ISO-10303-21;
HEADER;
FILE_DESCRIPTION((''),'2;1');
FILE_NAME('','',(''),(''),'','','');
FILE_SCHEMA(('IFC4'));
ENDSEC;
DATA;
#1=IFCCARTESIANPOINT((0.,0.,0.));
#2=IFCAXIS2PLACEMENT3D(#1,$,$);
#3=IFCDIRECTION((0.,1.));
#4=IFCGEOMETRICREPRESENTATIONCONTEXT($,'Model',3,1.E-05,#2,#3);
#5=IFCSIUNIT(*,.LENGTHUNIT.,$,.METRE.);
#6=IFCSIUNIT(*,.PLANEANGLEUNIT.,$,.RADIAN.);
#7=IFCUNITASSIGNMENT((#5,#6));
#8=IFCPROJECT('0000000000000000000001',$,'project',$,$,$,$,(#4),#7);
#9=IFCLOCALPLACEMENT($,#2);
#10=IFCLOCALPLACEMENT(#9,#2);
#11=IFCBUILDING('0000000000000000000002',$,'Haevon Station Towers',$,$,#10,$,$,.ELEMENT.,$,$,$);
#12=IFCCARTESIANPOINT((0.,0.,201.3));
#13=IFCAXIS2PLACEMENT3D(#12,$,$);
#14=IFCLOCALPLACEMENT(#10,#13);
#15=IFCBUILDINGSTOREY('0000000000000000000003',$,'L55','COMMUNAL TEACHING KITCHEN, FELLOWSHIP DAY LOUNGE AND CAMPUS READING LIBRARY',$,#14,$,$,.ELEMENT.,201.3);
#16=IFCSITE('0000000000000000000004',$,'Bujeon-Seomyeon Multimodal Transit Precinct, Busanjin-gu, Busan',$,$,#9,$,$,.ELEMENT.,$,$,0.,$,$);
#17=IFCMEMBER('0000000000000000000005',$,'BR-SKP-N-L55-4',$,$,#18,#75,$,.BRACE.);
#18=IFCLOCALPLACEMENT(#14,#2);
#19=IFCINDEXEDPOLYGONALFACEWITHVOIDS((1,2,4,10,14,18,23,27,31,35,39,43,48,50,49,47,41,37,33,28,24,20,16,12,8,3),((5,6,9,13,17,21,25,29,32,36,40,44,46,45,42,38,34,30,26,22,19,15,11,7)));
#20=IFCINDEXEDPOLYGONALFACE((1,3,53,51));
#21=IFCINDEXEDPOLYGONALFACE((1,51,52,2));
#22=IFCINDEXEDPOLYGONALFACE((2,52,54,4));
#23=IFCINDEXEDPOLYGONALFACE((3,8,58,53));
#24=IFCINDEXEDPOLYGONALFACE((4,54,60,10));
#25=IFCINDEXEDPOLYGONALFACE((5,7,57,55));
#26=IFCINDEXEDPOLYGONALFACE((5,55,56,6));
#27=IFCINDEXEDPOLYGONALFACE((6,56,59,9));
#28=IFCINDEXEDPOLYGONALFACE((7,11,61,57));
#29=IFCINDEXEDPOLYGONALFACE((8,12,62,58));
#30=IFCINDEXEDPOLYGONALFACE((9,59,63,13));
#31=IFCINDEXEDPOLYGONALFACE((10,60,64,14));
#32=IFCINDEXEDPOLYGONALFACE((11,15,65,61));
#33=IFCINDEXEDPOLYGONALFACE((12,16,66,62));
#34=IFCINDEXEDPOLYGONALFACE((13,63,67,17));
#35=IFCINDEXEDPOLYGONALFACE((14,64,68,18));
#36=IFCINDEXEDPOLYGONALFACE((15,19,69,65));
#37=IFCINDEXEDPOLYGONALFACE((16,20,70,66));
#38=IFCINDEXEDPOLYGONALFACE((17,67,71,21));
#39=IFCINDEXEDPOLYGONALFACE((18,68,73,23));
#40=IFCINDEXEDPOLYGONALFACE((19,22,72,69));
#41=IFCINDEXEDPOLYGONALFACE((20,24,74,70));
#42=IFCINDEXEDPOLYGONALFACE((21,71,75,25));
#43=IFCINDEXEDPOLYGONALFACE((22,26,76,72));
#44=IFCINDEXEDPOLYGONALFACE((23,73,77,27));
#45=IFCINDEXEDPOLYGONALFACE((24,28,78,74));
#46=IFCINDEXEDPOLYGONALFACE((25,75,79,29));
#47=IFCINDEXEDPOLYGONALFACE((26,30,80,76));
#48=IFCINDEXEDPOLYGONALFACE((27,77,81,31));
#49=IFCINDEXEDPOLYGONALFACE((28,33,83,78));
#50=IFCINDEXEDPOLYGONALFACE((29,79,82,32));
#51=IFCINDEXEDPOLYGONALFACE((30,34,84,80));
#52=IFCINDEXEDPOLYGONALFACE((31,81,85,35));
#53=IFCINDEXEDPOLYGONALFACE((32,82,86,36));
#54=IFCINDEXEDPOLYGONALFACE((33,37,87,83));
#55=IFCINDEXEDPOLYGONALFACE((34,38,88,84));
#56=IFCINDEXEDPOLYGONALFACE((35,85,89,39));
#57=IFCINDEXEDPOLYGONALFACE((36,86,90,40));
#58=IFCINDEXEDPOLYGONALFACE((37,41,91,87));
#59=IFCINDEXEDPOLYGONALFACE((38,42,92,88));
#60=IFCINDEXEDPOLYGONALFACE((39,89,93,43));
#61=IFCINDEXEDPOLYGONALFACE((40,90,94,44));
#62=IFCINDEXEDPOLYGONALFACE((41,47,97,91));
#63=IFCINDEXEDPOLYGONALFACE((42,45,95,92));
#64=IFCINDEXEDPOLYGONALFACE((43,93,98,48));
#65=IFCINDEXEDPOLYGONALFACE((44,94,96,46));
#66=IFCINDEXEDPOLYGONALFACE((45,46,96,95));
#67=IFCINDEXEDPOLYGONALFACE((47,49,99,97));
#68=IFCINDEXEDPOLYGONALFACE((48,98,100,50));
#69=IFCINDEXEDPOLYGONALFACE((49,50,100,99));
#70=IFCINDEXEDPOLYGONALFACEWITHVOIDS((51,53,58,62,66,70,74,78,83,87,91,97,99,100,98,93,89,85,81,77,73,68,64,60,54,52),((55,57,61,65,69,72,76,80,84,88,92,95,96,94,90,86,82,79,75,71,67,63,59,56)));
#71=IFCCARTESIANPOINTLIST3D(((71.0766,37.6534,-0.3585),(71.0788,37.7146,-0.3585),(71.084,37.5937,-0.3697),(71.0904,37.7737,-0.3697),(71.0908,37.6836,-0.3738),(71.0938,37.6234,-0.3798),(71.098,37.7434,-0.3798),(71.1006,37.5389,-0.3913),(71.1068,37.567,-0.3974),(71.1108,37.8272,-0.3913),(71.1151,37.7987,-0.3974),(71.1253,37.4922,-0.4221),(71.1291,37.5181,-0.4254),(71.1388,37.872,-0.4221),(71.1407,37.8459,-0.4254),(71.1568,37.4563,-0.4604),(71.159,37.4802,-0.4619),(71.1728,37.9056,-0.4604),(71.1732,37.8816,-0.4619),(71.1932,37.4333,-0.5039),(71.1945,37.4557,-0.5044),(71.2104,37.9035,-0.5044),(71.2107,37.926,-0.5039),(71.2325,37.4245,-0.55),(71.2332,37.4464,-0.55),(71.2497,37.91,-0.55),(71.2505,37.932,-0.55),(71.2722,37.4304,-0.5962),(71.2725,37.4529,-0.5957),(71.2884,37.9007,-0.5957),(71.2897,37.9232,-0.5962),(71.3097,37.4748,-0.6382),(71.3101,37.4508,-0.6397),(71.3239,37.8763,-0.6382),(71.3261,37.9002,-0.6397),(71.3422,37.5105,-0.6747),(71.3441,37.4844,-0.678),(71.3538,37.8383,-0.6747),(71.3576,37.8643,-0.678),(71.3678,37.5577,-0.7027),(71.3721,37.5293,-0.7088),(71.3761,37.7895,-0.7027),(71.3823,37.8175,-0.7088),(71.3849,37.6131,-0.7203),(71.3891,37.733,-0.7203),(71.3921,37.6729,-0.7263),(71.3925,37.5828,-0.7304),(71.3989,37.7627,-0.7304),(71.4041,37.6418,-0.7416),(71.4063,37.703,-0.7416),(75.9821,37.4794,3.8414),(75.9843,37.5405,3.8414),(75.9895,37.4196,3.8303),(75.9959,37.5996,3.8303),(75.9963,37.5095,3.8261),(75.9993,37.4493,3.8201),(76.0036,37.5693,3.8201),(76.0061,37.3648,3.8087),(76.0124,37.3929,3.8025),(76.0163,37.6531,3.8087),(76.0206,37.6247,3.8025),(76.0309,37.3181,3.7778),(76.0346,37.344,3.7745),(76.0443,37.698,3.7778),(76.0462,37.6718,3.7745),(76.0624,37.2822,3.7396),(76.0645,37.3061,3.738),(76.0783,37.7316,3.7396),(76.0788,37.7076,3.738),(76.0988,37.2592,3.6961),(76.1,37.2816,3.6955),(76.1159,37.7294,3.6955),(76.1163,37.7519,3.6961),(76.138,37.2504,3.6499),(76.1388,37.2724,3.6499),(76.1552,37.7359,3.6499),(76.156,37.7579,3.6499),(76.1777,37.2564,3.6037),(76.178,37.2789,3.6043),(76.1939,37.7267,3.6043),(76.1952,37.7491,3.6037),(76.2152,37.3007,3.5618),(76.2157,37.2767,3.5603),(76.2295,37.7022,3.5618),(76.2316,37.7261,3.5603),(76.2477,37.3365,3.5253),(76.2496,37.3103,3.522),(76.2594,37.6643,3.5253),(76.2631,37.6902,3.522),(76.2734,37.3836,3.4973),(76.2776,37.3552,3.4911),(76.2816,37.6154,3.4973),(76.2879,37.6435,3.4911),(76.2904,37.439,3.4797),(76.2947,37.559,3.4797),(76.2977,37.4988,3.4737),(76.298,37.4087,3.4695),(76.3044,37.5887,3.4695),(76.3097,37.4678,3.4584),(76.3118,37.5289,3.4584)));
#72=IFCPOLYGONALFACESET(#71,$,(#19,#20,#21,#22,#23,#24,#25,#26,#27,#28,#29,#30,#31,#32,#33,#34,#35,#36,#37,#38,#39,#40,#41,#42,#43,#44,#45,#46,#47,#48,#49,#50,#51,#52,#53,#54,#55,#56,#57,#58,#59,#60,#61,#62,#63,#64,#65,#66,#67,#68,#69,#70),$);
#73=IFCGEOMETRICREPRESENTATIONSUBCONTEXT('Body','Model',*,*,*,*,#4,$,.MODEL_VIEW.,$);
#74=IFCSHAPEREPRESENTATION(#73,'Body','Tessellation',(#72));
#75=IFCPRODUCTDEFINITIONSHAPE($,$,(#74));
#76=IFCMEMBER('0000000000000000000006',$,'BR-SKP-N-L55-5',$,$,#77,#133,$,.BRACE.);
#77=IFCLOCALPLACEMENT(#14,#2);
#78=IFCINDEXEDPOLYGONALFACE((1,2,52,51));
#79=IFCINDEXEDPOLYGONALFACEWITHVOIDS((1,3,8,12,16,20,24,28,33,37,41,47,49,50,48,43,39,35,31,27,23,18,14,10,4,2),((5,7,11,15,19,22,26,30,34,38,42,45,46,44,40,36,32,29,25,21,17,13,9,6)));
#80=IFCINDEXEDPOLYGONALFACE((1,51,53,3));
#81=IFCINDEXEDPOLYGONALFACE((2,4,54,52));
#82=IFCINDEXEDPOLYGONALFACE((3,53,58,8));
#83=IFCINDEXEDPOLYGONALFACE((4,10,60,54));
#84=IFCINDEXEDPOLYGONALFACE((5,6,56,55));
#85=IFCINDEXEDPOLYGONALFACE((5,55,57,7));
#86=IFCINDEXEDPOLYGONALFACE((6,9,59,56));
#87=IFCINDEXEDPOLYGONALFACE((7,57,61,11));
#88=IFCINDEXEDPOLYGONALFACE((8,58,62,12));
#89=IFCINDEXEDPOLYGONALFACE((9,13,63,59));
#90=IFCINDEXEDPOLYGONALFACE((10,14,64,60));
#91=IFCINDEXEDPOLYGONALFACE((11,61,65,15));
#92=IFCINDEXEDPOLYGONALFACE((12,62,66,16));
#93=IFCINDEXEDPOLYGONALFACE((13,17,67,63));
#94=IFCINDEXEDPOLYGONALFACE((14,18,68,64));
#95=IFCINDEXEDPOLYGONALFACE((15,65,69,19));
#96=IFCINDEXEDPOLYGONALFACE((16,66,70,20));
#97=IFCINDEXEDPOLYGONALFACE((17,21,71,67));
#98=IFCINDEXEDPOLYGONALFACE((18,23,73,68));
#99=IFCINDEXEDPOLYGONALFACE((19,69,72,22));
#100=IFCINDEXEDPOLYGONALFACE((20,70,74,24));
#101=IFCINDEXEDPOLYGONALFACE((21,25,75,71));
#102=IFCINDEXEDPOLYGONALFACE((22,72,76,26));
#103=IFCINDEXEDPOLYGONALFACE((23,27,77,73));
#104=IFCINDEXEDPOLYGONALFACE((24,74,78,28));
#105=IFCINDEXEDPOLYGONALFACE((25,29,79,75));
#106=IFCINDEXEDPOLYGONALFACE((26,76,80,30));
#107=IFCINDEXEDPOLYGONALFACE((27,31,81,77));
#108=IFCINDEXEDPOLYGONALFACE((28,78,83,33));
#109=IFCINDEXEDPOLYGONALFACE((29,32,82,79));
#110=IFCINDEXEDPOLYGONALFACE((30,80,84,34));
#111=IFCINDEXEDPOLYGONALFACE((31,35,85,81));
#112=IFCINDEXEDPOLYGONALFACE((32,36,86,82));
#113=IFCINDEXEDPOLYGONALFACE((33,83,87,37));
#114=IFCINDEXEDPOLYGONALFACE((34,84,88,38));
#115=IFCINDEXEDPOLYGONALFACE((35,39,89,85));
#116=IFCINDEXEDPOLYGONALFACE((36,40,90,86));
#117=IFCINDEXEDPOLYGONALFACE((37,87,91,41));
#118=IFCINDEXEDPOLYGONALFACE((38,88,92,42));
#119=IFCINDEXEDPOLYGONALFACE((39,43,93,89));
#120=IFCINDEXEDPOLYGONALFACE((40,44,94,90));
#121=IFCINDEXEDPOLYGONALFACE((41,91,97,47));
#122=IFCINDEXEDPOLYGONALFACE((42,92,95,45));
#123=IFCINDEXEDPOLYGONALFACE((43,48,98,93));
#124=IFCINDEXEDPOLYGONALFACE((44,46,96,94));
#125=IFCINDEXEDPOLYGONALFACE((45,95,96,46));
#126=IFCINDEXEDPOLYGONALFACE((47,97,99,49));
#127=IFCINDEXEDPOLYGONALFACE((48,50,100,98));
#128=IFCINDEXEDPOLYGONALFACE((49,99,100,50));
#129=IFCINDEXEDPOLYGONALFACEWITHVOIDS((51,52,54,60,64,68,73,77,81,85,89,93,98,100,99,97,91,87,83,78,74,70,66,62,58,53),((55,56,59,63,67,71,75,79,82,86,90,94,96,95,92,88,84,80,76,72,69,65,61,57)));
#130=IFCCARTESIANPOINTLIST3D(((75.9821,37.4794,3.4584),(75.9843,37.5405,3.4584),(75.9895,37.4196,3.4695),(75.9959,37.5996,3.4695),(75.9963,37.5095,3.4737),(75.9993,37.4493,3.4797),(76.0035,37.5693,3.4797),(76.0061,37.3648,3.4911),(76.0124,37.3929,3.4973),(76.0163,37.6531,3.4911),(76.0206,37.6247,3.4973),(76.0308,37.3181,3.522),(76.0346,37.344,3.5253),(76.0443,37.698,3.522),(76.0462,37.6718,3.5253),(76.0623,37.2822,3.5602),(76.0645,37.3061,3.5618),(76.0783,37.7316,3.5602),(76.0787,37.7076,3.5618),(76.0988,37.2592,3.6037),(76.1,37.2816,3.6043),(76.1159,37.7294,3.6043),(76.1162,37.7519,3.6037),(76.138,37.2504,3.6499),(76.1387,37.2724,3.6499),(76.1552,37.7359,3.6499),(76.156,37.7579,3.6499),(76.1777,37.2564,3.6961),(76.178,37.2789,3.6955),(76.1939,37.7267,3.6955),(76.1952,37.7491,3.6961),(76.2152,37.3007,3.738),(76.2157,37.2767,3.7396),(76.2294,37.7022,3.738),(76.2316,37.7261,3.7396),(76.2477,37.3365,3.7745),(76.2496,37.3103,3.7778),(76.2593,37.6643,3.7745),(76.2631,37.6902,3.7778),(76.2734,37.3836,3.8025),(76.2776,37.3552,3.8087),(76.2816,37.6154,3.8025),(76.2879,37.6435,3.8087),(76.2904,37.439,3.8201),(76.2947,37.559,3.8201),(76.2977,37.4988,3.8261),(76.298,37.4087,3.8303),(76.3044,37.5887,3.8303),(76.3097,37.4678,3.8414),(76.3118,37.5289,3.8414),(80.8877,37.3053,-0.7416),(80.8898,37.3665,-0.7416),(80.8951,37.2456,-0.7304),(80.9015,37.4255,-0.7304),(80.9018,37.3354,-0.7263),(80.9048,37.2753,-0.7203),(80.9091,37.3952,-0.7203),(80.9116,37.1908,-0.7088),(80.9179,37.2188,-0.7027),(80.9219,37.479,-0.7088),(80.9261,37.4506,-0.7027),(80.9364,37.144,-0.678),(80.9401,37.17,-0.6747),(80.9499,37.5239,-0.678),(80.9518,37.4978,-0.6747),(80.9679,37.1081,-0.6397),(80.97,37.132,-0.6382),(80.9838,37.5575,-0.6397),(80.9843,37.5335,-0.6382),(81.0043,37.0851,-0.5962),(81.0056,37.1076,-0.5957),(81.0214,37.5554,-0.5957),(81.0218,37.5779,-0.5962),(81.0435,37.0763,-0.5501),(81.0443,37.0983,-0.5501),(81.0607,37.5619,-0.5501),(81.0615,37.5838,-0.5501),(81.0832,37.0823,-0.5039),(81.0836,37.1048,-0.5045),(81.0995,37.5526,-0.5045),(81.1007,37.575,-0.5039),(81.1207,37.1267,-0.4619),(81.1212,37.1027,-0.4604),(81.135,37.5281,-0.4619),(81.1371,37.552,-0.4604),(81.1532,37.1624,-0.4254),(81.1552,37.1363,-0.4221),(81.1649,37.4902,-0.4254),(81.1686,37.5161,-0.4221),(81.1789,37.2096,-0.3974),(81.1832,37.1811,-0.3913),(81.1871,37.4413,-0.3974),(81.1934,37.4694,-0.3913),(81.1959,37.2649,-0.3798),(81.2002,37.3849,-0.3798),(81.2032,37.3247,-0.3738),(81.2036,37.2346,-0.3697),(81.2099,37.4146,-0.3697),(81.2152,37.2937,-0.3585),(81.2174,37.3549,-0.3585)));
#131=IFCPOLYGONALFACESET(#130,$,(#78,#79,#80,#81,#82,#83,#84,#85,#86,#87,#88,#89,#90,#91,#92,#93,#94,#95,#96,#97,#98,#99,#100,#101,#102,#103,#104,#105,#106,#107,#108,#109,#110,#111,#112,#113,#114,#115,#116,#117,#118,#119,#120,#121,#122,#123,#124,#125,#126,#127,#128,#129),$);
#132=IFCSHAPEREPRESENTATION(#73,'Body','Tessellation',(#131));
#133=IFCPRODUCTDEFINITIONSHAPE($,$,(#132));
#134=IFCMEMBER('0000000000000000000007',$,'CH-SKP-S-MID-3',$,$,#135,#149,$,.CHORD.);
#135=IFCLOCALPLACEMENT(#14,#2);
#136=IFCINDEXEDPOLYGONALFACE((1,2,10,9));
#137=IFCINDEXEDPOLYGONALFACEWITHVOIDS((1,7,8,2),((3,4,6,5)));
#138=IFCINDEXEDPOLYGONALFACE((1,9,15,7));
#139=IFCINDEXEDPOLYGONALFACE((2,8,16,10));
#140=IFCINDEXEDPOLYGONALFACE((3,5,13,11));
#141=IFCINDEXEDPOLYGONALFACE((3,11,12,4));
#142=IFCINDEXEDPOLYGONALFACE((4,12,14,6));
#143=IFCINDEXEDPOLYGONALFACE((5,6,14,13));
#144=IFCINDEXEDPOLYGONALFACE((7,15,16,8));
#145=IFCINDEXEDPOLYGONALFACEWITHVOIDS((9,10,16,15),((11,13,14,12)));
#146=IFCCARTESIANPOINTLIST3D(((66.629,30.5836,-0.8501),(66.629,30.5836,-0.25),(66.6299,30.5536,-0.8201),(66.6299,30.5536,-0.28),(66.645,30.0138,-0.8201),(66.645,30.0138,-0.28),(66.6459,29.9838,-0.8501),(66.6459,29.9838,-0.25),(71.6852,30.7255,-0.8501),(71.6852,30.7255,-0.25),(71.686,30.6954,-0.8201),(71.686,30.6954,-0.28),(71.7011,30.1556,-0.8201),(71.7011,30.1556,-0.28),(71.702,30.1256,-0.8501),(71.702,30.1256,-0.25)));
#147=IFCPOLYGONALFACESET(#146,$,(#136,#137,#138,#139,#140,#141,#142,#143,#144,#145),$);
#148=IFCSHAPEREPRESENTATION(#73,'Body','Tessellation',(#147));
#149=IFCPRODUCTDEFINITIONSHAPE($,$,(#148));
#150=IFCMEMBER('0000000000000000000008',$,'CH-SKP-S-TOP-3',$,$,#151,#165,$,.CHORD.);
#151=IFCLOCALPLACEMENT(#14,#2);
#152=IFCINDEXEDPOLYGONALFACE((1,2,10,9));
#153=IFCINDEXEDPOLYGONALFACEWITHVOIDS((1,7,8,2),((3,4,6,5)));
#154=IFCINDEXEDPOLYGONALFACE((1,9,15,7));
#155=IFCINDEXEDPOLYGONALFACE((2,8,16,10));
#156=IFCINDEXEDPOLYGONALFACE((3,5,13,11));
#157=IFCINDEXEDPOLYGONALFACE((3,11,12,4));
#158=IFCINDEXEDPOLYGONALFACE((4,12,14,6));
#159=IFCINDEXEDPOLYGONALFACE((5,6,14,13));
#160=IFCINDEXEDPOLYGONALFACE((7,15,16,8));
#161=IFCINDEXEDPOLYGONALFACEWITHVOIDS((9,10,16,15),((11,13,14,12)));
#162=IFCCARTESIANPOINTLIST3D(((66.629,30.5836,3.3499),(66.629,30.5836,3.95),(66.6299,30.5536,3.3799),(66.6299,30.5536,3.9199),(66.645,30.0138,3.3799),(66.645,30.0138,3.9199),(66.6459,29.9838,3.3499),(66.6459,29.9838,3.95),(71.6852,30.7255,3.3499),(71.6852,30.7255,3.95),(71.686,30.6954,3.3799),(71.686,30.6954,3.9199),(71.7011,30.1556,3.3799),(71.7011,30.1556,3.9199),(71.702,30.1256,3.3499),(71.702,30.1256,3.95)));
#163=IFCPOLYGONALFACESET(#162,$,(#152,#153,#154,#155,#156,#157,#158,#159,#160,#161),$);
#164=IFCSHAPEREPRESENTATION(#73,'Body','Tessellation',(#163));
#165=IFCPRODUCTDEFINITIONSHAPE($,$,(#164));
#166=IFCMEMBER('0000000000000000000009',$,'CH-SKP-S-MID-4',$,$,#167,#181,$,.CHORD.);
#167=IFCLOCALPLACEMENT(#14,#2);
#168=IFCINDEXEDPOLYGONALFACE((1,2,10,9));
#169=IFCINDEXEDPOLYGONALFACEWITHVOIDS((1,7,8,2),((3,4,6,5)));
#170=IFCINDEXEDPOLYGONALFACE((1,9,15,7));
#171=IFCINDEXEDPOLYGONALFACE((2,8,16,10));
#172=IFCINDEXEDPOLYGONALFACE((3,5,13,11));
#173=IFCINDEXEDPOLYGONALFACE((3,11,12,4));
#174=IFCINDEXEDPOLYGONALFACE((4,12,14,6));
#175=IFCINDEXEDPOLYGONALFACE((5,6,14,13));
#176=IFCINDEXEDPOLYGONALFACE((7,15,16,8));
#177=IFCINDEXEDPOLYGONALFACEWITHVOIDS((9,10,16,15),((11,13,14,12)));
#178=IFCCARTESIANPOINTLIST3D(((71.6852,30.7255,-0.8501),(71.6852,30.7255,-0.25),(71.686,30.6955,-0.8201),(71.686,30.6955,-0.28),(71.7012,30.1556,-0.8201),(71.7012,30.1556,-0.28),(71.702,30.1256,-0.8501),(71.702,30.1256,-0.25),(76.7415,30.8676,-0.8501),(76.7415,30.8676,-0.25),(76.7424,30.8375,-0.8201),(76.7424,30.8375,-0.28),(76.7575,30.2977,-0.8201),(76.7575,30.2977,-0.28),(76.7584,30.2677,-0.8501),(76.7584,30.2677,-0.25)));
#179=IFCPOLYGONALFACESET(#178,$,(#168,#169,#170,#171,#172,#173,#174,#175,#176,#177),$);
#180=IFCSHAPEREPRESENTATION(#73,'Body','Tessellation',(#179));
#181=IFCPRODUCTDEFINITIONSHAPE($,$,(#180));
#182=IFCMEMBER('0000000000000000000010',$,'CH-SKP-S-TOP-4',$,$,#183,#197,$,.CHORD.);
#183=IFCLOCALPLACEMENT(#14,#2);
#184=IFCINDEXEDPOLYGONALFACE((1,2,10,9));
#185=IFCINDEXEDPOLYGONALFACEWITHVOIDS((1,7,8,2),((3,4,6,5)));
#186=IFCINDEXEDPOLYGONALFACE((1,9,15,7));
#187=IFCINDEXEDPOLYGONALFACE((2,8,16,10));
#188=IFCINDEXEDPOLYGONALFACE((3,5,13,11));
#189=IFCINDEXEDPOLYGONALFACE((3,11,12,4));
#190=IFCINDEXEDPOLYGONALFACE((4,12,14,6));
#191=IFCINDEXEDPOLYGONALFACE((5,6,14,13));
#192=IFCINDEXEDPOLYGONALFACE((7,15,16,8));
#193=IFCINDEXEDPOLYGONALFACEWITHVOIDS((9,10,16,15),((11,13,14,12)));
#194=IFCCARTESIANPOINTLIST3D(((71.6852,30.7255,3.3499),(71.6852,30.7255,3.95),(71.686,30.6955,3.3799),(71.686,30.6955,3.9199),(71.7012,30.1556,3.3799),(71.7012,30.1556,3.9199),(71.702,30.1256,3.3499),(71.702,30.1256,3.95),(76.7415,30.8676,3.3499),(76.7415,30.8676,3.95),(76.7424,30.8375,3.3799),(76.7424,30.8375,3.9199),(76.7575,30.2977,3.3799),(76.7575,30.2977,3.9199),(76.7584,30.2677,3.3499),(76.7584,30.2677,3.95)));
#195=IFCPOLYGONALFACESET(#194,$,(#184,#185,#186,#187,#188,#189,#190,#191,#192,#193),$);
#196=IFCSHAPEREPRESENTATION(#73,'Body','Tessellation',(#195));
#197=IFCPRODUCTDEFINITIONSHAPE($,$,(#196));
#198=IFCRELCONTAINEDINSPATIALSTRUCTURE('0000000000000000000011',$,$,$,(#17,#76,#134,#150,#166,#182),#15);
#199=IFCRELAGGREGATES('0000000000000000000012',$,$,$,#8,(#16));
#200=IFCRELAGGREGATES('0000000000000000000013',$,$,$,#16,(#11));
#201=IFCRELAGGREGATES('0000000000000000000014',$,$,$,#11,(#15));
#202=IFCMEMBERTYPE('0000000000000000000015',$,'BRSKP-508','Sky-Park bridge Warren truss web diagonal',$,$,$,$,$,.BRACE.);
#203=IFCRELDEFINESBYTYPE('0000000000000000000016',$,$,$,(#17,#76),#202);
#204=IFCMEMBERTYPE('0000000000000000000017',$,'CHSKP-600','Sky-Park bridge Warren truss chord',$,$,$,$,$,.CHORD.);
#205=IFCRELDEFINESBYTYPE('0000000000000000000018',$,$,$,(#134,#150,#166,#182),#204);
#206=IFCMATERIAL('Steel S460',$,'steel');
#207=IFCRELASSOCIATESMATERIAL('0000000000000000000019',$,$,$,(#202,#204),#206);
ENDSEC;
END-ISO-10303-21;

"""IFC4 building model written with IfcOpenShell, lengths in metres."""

from ifc_helpers import new_model, si_unit, direction, frame, origin, origin_2d, place, context, subcontext, project, spatial, hollow_rectangle, hollow_circle, extrude, material, material_profile, profile_set, type_object, element, save


model = new_model("IFC4")

# Units and contexts
model_context = context("Model", 3, precision=1e-05, world=origin(), true_north=direction((0.0, 1.0)))
body_context = subcontext(model_context, "Body", "Model", "MODEL_VIEW")
ifc_project = project(units=[si_unit("LENGTHUNIT", "METRE"), si_unit("PLANEANGLEUNIT", "RADIAN")], contexts=[model_context])

# Site, building, storey
site_placement = place(None, origin())
site = spatial("IfcSite", under=ifc_project, at=site_placement, Name="Bujeon-Seomyeon Multimodal Transit Precinct, Busanjin-gu, Busan", CompositionType="ELEMENT", RefElevation=0.0)
building_placement = place(site_placement, origin())
building = spatial("IfcBuilding", under=site, at=building_placement, Name="Haevon Station Towers", CompositionType="ELEMENT")
storey_placement = place(building_placement, frame((0.0, 0.0, 201.3)))
storey = spatial("IfcBuildingStorey", under=building, at=storey_placement, Name="L55", Description="COMMUNAL TEACHING KITCHEN, FELLOWSHIP DAY LOUNGE AND CAMPUS READING LIBRARY", CompositionType="ELEMENT", Elevation=201.3)

# Members
ifc_material_1 = material(Name="Steel S460", Category="steel")
ifc_material_profile_1 = material_profile(ifc_material_1, hollow_circle(Radius=0.2539, WallThickness=0.022, at=origin_2d()), Name="CHS-508x22")
ifc_profile_set_1 = profile_set([ifc_material_profile_1], Name="Steel S460")
member_type_1 = type_object("IfcMemberType", Name="BRSKP-508", Description="Sky-Park bridge Warren truss web diagonal", PredefinedType="BRACE", material=ifc_profile_set_1)
for number, where, z_axis, x_axis, name in (
    (1, (71.2415, 37.6782, -0.55), (0.759346, -0.026945, 0.650129), (0.035463, 0.999371, 0.0), "BR-SKP-N-L55-4"),
    (2, (76.147, 37.5042, 3.6499), (0.759346, -0.026945, -0.650129), (0.035463, 0.999371, 0.0), "BR-SKP-N-L55-5"),
):
    element("IfcMember", number, at=place(storey_placement, frame(where, z_axis=z_axis, x_axis=x_axis)), inside=storey, type_object=member_type_1, Name=name, PredefinedType="BRACE", context=body_context, shape_type="SweptSolid", body=[
        extrude(hollow_circle(Radius=0.2539, WallThickness=0.022, at=origin_2d()), origin(), (0.0, 0.0, 1.0), 6.4602),
    ])
ifc_material_profile_2 = material_profile(ifc_material_1, hollow_rectangle(XDim=0.6001, YDim=0.6001, WallThickness=0.03, at=origin_2d()), Name="RHS-600x600x30")
ifc_profile_set_2 = profile_set([ifc_material_profile_2], Name="Steel S460")
member_type_2 = type_object("IfcMemberType", Name="CHSKP-600", Description="Sky-Park bridge Warren truss chord", PredefinedType="CHORD", material=ifc_profile_set_2)
for number, where, z_axis, x_axis, name in (
    (3, (66.6375, 30.2837, -0.55), (0.999607, 0.028043, 0.0), (-0.028043, 0.999607, 0.0), "CH-SKP-S-MID-3"),
    (4, (66.6375, 30.2837, 3.6499), (0.999607, 0.028043, 0.0), (-0.028043, 0.999607, 0.0), "CH-SKP-S-TOP-3"),
):
    element("IfcMember", number, at=place(storey_placement, frame(where, z_axis=z_axis, x_axis=x_axis)), inside=storey, type_object=member_type_2, Name=name, PredefinedType="CHORD", context=body_context, shape_type="SweptSolid", body=[
        extrude(hollow_rectangle(XDim=0.6001, YDim=0.6001, WallThickness=0.03, at=origin_2d()), origin(), (0.0, 0.0, 1.0), 5.0581),
    ])
for number, where, z_axis, x_axis, name in (
    (5, (71.6936, 30.4255, -0.55), (0.999605, 0.02809, 0.0), (-0.02809, 0.999605, 0.0), "CH-SKP-S-MID-4"),
    (6, (71.6936, 30.4255, 3.6499), (0.999605, 0.02809, 0.0), (-0.02809, 0.999605, 0.0), "CH-SKP-S-TOP-4"),
):
    element("IfcMember", number, at=place(storey_placement, frame(where, z_axis=z_axis, x_axis=x_axis)), inside=storey, type_object=member_type_2, Name=name, PredefinedType="CHORD", context=body_context, shape_type="SweptSolid", body=[
        extrude(hollow_rectangle(XDim=0.6001, YDim=0.6001, WallThickness=0.03, at=origin_2d()), origin(), (0.0, 0.0, 1.0), 5.0583),
    ])

save(model, "model.ifc")
